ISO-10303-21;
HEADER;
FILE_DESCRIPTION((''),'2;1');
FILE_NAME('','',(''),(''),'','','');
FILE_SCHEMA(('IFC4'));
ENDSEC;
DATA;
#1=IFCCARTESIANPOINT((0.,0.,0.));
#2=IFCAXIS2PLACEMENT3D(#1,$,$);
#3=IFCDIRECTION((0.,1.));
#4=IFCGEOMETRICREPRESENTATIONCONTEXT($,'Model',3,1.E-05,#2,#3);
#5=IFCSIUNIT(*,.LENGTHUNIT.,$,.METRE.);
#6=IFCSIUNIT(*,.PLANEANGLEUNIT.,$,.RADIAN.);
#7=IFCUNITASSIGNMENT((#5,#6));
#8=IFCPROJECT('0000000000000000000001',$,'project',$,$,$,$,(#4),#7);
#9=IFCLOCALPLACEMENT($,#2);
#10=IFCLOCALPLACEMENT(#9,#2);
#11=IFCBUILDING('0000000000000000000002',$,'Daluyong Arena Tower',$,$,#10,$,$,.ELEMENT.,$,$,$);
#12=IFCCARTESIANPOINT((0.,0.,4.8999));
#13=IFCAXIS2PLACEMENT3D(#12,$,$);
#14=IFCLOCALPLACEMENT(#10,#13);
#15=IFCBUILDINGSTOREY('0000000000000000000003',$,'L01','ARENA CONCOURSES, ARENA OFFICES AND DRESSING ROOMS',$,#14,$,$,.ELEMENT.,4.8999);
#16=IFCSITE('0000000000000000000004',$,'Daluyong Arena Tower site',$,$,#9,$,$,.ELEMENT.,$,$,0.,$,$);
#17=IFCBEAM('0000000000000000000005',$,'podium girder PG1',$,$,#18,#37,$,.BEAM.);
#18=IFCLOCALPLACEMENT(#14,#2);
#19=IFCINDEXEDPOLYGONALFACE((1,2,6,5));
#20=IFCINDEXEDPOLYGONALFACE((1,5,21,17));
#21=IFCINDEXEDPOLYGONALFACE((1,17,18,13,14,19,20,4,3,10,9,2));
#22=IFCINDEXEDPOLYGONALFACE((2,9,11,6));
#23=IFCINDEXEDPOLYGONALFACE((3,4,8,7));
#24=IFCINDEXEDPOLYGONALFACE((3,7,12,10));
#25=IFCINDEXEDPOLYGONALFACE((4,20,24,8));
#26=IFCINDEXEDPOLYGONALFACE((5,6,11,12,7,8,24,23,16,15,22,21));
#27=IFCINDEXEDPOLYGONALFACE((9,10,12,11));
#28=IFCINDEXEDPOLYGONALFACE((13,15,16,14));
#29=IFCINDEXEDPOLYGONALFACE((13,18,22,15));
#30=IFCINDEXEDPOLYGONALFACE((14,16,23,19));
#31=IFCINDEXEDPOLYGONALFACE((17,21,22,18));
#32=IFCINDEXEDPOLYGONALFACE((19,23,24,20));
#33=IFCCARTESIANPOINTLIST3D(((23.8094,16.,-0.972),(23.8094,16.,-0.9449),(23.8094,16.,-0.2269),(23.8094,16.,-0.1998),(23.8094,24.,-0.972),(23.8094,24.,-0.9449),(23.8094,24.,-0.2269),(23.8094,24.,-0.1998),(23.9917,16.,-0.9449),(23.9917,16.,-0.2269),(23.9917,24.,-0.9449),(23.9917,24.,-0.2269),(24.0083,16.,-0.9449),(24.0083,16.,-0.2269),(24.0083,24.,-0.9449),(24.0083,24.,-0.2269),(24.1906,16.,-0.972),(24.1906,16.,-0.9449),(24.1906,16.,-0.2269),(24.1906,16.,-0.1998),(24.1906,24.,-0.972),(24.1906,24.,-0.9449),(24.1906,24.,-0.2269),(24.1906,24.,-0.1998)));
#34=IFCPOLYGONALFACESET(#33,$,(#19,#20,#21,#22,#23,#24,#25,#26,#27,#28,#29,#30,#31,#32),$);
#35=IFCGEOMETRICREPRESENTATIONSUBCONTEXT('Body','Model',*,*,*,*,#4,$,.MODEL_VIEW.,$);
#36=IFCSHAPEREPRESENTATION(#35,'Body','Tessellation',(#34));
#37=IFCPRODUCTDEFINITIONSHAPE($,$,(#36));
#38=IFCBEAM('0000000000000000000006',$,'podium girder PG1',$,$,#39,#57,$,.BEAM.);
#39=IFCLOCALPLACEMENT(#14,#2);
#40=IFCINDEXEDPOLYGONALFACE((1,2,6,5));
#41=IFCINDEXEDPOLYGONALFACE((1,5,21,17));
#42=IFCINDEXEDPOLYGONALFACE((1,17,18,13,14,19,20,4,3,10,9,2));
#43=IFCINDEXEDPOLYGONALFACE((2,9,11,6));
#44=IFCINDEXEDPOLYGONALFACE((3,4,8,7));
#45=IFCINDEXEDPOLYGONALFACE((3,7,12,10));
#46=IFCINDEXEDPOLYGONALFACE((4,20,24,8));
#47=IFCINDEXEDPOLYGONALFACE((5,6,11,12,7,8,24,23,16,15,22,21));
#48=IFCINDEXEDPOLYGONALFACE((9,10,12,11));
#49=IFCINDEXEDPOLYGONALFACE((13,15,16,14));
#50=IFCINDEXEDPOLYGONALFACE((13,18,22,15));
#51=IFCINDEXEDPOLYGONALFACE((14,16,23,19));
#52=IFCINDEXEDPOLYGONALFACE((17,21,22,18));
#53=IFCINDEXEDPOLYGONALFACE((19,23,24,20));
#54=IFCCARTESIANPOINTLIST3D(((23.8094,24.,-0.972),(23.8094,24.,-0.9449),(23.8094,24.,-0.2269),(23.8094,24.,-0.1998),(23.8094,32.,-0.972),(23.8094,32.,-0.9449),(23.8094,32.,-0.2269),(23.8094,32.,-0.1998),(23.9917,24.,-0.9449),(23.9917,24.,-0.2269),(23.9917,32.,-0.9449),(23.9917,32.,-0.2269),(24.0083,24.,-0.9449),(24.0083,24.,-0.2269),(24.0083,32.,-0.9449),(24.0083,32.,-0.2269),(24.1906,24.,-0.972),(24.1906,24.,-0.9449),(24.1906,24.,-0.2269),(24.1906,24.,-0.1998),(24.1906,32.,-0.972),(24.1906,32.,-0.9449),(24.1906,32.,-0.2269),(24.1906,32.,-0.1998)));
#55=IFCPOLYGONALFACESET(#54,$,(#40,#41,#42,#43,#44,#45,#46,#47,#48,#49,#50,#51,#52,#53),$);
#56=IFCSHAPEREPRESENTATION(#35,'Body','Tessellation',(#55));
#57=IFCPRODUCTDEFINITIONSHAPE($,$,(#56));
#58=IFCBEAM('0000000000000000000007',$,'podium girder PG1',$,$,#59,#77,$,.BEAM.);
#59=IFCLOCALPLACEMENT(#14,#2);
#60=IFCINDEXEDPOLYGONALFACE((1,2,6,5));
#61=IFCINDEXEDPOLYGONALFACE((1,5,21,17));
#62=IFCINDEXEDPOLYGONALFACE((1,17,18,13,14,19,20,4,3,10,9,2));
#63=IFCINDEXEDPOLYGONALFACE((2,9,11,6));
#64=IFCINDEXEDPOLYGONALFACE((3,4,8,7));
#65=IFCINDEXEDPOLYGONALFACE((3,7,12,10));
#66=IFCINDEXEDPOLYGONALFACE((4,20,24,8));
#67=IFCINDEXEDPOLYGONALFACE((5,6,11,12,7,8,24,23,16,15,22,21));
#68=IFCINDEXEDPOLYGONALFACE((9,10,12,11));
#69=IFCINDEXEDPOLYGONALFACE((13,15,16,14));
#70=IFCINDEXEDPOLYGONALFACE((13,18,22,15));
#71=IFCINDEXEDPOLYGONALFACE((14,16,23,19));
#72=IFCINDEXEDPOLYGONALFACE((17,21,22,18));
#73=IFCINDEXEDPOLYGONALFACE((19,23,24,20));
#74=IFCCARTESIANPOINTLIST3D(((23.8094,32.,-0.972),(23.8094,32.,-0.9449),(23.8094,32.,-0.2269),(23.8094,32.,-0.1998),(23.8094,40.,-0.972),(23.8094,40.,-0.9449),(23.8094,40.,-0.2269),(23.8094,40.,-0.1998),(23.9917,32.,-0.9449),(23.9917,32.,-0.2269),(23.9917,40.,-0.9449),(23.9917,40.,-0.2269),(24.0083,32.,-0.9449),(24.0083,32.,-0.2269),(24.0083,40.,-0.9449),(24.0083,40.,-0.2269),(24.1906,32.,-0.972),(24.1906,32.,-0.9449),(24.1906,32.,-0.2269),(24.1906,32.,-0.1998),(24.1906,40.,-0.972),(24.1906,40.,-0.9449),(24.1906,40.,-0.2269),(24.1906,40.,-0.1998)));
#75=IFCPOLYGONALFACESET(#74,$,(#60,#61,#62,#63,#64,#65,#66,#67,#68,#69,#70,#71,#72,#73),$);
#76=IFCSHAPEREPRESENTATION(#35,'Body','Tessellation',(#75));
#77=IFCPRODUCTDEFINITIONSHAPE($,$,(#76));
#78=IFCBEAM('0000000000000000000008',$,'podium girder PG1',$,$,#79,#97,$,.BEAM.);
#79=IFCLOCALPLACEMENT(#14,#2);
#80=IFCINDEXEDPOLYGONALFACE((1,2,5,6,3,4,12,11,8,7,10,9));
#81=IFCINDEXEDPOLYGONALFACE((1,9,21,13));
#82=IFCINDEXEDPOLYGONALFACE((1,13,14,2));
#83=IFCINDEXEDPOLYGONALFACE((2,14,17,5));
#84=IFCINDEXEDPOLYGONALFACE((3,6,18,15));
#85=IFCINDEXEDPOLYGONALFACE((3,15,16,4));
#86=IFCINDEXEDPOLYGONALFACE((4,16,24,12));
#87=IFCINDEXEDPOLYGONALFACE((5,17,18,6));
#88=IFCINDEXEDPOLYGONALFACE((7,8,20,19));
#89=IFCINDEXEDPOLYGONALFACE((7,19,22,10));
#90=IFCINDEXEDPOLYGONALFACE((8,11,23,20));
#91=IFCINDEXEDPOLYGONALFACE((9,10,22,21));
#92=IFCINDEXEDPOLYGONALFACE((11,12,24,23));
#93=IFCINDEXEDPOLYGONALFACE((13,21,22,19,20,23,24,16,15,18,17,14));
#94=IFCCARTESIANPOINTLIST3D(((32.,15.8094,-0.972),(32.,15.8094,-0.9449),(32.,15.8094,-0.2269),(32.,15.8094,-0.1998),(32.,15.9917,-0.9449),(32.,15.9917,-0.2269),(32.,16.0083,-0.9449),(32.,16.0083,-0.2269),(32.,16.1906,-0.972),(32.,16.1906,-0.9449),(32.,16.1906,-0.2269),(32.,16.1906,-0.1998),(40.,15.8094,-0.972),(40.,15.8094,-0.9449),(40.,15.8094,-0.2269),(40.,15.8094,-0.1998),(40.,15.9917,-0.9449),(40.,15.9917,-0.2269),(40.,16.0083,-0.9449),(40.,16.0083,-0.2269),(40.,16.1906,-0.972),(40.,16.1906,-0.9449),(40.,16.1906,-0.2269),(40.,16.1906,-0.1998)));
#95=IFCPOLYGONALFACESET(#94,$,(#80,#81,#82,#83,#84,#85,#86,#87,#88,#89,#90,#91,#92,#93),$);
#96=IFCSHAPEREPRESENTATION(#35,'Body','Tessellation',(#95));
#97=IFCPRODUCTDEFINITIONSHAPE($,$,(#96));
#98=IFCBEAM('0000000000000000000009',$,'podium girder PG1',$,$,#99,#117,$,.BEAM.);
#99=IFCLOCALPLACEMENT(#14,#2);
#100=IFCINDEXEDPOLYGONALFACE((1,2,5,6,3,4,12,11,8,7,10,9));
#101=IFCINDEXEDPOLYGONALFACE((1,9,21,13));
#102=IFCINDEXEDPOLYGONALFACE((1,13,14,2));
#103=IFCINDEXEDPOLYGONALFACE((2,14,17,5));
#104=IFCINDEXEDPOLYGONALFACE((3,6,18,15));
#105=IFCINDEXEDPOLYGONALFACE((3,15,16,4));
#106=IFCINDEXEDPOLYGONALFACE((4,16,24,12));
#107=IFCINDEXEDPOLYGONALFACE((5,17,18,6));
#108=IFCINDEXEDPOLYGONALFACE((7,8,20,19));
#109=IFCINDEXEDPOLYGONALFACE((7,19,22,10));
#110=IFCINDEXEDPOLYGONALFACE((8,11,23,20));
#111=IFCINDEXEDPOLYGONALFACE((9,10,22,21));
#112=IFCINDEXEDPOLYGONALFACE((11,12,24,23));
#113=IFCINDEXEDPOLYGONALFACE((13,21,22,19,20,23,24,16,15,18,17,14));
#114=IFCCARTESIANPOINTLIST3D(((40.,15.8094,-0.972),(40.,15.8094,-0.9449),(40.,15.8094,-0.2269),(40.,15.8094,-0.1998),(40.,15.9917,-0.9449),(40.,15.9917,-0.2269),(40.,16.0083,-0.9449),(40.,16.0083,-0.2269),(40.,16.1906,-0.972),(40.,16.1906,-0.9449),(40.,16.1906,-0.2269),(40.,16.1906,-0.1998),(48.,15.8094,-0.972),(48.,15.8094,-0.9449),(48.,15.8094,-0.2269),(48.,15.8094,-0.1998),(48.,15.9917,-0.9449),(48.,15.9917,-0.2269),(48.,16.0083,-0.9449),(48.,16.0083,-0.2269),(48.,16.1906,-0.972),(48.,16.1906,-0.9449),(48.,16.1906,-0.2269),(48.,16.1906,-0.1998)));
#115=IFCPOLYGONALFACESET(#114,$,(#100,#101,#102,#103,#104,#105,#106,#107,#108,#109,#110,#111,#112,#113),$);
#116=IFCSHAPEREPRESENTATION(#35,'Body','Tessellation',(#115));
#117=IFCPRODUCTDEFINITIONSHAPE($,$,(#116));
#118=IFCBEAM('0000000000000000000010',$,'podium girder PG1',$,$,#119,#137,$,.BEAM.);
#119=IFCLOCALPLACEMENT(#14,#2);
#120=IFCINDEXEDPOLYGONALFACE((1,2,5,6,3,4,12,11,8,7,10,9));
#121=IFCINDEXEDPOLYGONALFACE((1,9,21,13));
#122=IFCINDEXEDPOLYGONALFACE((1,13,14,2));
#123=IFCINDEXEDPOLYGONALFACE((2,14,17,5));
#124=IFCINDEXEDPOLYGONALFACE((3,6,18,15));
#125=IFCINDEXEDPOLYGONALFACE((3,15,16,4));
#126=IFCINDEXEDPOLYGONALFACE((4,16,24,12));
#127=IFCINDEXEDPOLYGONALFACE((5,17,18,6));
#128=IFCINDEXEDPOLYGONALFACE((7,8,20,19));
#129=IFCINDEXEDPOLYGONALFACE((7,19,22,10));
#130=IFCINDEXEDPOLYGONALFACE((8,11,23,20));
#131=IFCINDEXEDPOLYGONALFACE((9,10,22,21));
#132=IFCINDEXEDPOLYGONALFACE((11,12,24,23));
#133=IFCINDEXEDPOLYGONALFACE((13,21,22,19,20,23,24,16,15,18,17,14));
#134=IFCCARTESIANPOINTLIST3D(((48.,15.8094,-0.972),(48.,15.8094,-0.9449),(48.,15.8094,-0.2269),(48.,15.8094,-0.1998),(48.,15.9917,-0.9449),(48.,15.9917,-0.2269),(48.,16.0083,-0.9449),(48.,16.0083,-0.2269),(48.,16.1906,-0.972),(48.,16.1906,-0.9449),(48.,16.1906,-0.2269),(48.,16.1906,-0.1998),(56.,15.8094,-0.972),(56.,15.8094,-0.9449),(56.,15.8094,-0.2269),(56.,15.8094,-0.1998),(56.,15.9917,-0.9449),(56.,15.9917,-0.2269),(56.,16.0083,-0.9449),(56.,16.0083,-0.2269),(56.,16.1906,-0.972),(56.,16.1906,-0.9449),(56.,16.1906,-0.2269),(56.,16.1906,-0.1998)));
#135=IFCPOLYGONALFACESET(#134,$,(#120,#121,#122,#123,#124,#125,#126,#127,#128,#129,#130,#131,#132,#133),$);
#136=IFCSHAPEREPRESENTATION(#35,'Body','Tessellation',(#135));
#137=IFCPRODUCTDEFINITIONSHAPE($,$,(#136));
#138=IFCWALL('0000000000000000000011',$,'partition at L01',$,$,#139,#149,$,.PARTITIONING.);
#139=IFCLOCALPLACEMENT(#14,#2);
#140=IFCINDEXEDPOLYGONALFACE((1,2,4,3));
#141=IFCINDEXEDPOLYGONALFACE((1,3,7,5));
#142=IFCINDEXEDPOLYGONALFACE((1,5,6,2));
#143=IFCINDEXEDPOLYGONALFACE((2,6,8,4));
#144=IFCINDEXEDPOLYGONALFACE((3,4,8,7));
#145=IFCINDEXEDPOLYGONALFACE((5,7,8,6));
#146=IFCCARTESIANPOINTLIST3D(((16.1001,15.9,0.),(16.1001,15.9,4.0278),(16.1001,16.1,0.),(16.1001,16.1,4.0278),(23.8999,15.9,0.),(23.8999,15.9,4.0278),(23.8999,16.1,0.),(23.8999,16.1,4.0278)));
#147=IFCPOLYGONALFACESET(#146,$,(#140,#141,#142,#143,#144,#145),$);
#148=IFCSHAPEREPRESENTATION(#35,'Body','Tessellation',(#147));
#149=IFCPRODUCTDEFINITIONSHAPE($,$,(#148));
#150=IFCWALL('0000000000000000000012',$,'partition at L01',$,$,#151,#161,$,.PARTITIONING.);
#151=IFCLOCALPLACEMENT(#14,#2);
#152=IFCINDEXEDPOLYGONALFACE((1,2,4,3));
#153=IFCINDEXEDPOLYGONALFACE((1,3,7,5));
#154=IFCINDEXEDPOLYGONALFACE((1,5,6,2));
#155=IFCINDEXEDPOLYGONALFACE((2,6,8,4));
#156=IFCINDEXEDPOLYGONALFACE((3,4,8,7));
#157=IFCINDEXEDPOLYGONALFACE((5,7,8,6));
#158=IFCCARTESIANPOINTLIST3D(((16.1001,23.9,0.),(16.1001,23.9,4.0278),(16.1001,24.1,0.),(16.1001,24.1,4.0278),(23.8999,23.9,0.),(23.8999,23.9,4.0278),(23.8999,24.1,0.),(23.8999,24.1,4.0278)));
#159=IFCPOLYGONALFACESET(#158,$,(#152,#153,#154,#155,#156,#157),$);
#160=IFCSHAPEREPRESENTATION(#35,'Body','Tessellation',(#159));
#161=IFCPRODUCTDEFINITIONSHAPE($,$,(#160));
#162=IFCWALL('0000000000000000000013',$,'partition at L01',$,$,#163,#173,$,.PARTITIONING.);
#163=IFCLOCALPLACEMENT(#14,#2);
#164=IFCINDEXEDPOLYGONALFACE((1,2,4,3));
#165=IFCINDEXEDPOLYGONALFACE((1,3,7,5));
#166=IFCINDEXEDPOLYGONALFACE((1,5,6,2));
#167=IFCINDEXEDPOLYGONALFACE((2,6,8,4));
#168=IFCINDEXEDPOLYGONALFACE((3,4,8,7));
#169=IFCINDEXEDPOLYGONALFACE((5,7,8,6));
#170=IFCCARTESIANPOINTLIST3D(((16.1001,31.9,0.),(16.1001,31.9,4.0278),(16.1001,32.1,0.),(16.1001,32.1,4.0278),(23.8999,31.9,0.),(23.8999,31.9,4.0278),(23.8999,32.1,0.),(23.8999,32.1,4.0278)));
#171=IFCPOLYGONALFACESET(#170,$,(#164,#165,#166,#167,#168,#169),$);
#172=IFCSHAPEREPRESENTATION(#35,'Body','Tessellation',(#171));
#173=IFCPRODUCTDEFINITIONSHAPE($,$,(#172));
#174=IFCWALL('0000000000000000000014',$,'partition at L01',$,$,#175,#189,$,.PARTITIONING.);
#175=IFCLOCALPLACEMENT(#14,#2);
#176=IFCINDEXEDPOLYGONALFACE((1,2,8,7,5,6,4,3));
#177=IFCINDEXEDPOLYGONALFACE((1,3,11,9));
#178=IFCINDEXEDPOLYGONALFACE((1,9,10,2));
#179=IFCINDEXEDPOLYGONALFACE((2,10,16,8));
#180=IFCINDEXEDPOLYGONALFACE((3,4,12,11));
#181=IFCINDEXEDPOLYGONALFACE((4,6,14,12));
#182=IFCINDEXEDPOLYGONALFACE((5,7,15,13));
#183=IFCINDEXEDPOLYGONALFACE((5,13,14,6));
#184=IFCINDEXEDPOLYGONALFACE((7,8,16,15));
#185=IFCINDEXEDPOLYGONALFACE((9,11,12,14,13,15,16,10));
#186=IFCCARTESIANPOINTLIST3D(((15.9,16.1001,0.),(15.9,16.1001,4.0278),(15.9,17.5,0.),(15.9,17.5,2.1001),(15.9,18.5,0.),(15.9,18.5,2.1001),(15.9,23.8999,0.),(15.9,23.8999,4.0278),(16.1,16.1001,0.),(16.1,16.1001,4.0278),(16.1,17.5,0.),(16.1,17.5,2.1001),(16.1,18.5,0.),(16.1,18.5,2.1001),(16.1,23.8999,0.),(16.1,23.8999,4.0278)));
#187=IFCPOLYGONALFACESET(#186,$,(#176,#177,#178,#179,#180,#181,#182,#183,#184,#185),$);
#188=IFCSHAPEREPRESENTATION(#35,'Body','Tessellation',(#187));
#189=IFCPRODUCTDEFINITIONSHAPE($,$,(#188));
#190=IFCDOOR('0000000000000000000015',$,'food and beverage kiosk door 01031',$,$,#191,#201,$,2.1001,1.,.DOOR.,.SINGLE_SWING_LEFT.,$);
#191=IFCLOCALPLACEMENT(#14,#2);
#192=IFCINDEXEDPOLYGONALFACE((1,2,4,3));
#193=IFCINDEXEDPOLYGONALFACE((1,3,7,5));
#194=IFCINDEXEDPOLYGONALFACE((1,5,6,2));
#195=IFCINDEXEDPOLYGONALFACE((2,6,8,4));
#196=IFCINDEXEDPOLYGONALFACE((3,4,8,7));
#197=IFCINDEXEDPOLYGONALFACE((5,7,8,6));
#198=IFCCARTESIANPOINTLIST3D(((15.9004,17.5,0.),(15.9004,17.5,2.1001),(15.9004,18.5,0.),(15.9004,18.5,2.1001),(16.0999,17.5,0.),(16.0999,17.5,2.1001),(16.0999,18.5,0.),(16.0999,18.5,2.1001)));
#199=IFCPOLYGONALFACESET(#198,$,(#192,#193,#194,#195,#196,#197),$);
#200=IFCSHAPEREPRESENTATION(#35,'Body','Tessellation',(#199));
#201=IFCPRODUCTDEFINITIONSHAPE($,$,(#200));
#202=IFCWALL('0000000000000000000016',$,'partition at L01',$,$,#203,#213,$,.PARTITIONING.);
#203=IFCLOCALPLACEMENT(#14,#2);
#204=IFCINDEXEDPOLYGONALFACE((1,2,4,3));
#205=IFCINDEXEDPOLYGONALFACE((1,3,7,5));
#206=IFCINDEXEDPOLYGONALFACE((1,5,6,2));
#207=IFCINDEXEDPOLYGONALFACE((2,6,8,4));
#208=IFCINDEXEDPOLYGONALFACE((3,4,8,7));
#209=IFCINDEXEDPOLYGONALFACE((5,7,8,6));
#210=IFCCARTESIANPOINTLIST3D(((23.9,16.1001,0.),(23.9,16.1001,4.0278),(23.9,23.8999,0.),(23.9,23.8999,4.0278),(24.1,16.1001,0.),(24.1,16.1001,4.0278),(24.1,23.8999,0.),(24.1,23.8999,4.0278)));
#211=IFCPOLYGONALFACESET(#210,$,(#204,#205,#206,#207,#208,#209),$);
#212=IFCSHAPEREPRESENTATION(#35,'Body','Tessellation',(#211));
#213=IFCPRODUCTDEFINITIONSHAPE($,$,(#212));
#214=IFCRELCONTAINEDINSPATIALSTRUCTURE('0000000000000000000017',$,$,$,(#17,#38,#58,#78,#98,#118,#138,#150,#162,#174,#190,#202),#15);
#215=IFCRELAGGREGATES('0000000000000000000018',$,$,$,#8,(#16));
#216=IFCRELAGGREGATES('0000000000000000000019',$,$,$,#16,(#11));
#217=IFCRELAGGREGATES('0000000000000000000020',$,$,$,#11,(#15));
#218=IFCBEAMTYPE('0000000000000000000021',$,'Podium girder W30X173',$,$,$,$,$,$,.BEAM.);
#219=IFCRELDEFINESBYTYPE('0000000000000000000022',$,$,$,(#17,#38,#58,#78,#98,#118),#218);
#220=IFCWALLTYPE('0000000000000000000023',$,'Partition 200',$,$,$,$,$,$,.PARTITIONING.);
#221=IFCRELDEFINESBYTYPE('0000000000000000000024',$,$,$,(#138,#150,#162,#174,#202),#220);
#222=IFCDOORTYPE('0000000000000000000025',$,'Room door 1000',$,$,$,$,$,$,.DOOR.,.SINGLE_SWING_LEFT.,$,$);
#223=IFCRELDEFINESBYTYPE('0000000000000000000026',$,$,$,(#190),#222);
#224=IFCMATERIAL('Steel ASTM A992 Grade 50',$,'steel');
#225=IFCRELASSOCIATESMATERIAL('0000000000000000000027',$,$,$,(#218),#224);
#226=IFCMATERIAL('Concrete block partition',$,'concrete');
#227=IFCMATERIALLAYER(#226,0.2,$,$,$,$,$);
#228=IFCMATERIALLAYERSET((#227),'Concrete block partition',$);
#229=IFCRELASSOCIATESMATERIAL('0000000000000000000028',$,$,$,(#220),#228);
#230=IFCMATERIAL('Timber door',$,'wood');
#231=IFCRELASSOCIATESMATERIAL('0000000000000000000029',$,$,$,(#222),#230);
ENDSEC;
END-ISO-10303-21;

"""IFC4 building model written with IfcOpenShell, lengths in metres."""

from ifc_helpers import new_model, si_unit, direction, frame, frame_2d, origin, origin_2d, place, context, subcontext, project, spatial, rectangle, i_section, extrude, material, layer, layer_set, material_profile, profile_set, type_object, element, fill, save


model = new_model("IFC4")

# Units and contexts
model_context = context("Model", 3, precision=1e-05, world=origin(), true_north=direction((0.0, 1.0)))
body_context = subcontext(model_context, "Body", "Model", "MODEL_VIEW")
ifc_project = project(units=[si_unit("LENGTHUNIT", "METRE"), si_unit("PLANEANGLEUNIT", "RADIAN")], contexts=[model_context])

# Site, building, storey
site_placement = place(None, origin())
site = spatial("IfcSite", under=ifc_project, at=site_placement, Name="Daluyong Arena Tower site", CompositionType="ELEMENT", RefElevation=0.0)
building_placement = place(site_placement, origin())
building = spatial("IfcBuilding", under=site, at=building_placement, Name="Daluyong Arena Tower", CompositionType="ELEMENT")
storey_placement = place(building_placement, frame((0.0, 0.0, 4.8999)))
storey = spatial("IfcBuildingStorey", under=building, at=storey_placement, Name="L01", Description="ARENA CONCOURSES, ARENA OFFICES AND DRESSING ROOMS", CompositionType="ELEMENT", Elevation=4.8999)

# Beams
ifc_material_1 = material(Name="Steel ASTM A992 Grade 50", Category="steel")
ifc_material_profile_1 = material_profile(ifc_material_1, i_section(OverallWidth=0.3811, OverallDepth=0.7722, WebThickness=0.0166, FlangeThickness=0.0271, at=origin_2d()))
ifc_profile_set_1 = profile_set([ifc_material_profile_1], Name="Steel ASTM A992 Grade 50")
beam_type_1 = type_object("IfcBeamType", Name="Podium girder W30X173", PredefinedType="BEAM", material=ifc_profile_set_1)
for number, where, z_axis, x_axis, name in (
    (1, (24.0, 16.0, -0.5859), (0.0, 1.0, 0.0), (-1.0, 0.0, 0.0), "podium girder PG1"),
    (2, (24.0, 24.0, -0.5859), (0.0, 1.0, 0.0), (-1.0, 0.0, 0.0), "podium girder PG1"),
    (3, (24.0, 32.0, -0.5859), (0.0, 1.0, 0.0), (-1.0, 0.0, 0.0), "podium girder PG1"),
    (4, (32.0, 16.0, -0.5859), (1.0, 0.0, 0.0), (0.0, 1.0, 0.0), "podium girder PG1"),
    (5, (40.0, 16.0, -0.5859), (1.0, 0.0, 0.0), (0.0, 1.0, 0.0), "podium girder PG1"),
    (6, (48.0, 16.0, -0.5859), (1.0, 0.0, 0.0), (0.0, 1.0, 0.0), "podium girder PG1"),
):
    element("IfcBeam", number, at=place(storey_placement, frame(where, z_axis=z_axis, x_axis=x_axis)), inside=storey, type_object=beam_type_1, Name=name, PredefinedType="BEAM", context=body_context, shape_type="SweptSolid", body=[
        extrude(i_section(OverallWidth=0.3811, OverallDepth=0.7722, WebThickness=0.0166, FlangeThickness=0.0271, at=origin_2d()), origin(), (0.0, 0.0, 1.0), 8.0),
    ])

# Walls
ifc_material_2 = material(Name="Concrete block partition", Category="concrete")
ifc_layer = layer(ifc_material_2, 0.2)
ifc_layer_set = layer_set([ifc_layer], Name="Concrete block partition")
wall_type = type_object("IfcWallType", Name="Partition 200", PredefinedType="PARTITIONING", material=ifc_layer_set)
for number, where, z_axis, x_axis, name in (
    (7, (16.1001, 16.0, 0.0), (0.0, 0.0, 1.0), (1.0, 0.0, 0.0), "partition at L01"),
    (8, (16.1001, 24.0, 0.0), (0.0, 0.0, 1.0), (1.0, 0.0, 0.0), "partition at L01"),
    (9, (16.1001, 32.0, 0.0), (0.0, 0.0, 1.0), (1.0, 0.0, 0.0), "partition at L01"),
):
    element("IfcWall", number, at=place(storey_placement, frame(where, z_axis=z_axis, x_axis=x_axis)), inside=storey, type_object=wall_type, Name=name, PredefinedType="PARTITIONING", context=body_context, shape_type="SweptSolid", body=[
        extrude(rectangle(XDim=7.7998, YDim=0.2, at=frame_2d((3.8999, 0.0))), origin(), (0.0, 0.0, 1.0), 4.0278),
    ])

# Wall, opening, door
wall_1_placement = place(storey_placement, frame((16.0, 16.1001, 0.0), z_axis=(0.0, 0.0, 1.0), x_axis=(0.0, 1.0, 0.0)))
wall_1 = element("IfcWall", 10, at=wall_1_placement, inside=storey, type_object=wall_type, Name="partition at L01", PredefinedType="PARTITIONING", context=body_context, shape_type="SweptSolid", body=[
    extrude(rectangle(XDim=7.7998, YDim=0.2, at=frame_2d((3.8999, 0.0))), origin(), (0.0, 0.0, 1.0), 4.0278),
])
opening_placement = place(wall_1_placement, frame((1.3999, 0.0, 0.0)))
opening = element("IfcOpeningElement", 11, at=opening_placement, cuts=wall_1, PredefinedType="OPENING", context=body_context, shape_type="SweptSolid", body=[
    extrude(rectangle(XDim=1.0, YDim=2.1001, at=frame_2d((0.5, 1.05))), frame((0.0, 0.1099, 0.0), z_axis=(0.0, -1.0, 0.0), x_axis=(1.0, 0.0, 0.0)), (0.0, 0.0, 1.0), 0.22),
])
ifc_material_3 = material(Name="Timber door", Category="wood")
door_type = type_object("IfcDoorType", Name="Room door 1000", OperationType="SINGLE_SWING_LEFT", PredefinedType="DOOR", material=ifc_material_3)
door_placement = place(opening_placement, origin())
door = element("IfcDoor", 12, at=door_placement, inside=storey, type_object=door_type, Name="food and beverage kiosk door 01031", OperationType="SINGLE_SWING_LEFT", OverallHeight=2.1001, OverallWidth=1.0, PredefinedType="DOOR", context=body_context, shape_type="SweptSolid", body=[
    extrude(rectangle(XDim=1.0, YDim=2.1001, at=frame_2d((0.5, 1.05))), frame((0.0, 0.0996, 0.0), z_axis=(0.0, -1.0, 0.0), x_axis=(1.0, 0.0, 0.0)), (0.0, 0.0, 1.0), 0.1995),
])
fill(opening, door)

# Wall
wall_2_placement = place(storey_placement, frame((24.0, 16.1001, 0.0), z_axis=(0.0, 0.0, 1.0), x_axis=(0.0, 1.0, 0.0)))
element("IfcWall", 13, at=wall_2_placement, inside=storey, type_object=wall_type, Name="partition at L01", PredefinedType="PARTITIONING", context=body_context, shape_type="SweptSolid", body=[
    extrude(rectangle(XDim=7.7998, YDim=0.2, at=frame_2d((3.8999, 0.0))), origin(), (0.0, 0.0, 1.0), 4.0278),
])

save(model, "model.ifc")
